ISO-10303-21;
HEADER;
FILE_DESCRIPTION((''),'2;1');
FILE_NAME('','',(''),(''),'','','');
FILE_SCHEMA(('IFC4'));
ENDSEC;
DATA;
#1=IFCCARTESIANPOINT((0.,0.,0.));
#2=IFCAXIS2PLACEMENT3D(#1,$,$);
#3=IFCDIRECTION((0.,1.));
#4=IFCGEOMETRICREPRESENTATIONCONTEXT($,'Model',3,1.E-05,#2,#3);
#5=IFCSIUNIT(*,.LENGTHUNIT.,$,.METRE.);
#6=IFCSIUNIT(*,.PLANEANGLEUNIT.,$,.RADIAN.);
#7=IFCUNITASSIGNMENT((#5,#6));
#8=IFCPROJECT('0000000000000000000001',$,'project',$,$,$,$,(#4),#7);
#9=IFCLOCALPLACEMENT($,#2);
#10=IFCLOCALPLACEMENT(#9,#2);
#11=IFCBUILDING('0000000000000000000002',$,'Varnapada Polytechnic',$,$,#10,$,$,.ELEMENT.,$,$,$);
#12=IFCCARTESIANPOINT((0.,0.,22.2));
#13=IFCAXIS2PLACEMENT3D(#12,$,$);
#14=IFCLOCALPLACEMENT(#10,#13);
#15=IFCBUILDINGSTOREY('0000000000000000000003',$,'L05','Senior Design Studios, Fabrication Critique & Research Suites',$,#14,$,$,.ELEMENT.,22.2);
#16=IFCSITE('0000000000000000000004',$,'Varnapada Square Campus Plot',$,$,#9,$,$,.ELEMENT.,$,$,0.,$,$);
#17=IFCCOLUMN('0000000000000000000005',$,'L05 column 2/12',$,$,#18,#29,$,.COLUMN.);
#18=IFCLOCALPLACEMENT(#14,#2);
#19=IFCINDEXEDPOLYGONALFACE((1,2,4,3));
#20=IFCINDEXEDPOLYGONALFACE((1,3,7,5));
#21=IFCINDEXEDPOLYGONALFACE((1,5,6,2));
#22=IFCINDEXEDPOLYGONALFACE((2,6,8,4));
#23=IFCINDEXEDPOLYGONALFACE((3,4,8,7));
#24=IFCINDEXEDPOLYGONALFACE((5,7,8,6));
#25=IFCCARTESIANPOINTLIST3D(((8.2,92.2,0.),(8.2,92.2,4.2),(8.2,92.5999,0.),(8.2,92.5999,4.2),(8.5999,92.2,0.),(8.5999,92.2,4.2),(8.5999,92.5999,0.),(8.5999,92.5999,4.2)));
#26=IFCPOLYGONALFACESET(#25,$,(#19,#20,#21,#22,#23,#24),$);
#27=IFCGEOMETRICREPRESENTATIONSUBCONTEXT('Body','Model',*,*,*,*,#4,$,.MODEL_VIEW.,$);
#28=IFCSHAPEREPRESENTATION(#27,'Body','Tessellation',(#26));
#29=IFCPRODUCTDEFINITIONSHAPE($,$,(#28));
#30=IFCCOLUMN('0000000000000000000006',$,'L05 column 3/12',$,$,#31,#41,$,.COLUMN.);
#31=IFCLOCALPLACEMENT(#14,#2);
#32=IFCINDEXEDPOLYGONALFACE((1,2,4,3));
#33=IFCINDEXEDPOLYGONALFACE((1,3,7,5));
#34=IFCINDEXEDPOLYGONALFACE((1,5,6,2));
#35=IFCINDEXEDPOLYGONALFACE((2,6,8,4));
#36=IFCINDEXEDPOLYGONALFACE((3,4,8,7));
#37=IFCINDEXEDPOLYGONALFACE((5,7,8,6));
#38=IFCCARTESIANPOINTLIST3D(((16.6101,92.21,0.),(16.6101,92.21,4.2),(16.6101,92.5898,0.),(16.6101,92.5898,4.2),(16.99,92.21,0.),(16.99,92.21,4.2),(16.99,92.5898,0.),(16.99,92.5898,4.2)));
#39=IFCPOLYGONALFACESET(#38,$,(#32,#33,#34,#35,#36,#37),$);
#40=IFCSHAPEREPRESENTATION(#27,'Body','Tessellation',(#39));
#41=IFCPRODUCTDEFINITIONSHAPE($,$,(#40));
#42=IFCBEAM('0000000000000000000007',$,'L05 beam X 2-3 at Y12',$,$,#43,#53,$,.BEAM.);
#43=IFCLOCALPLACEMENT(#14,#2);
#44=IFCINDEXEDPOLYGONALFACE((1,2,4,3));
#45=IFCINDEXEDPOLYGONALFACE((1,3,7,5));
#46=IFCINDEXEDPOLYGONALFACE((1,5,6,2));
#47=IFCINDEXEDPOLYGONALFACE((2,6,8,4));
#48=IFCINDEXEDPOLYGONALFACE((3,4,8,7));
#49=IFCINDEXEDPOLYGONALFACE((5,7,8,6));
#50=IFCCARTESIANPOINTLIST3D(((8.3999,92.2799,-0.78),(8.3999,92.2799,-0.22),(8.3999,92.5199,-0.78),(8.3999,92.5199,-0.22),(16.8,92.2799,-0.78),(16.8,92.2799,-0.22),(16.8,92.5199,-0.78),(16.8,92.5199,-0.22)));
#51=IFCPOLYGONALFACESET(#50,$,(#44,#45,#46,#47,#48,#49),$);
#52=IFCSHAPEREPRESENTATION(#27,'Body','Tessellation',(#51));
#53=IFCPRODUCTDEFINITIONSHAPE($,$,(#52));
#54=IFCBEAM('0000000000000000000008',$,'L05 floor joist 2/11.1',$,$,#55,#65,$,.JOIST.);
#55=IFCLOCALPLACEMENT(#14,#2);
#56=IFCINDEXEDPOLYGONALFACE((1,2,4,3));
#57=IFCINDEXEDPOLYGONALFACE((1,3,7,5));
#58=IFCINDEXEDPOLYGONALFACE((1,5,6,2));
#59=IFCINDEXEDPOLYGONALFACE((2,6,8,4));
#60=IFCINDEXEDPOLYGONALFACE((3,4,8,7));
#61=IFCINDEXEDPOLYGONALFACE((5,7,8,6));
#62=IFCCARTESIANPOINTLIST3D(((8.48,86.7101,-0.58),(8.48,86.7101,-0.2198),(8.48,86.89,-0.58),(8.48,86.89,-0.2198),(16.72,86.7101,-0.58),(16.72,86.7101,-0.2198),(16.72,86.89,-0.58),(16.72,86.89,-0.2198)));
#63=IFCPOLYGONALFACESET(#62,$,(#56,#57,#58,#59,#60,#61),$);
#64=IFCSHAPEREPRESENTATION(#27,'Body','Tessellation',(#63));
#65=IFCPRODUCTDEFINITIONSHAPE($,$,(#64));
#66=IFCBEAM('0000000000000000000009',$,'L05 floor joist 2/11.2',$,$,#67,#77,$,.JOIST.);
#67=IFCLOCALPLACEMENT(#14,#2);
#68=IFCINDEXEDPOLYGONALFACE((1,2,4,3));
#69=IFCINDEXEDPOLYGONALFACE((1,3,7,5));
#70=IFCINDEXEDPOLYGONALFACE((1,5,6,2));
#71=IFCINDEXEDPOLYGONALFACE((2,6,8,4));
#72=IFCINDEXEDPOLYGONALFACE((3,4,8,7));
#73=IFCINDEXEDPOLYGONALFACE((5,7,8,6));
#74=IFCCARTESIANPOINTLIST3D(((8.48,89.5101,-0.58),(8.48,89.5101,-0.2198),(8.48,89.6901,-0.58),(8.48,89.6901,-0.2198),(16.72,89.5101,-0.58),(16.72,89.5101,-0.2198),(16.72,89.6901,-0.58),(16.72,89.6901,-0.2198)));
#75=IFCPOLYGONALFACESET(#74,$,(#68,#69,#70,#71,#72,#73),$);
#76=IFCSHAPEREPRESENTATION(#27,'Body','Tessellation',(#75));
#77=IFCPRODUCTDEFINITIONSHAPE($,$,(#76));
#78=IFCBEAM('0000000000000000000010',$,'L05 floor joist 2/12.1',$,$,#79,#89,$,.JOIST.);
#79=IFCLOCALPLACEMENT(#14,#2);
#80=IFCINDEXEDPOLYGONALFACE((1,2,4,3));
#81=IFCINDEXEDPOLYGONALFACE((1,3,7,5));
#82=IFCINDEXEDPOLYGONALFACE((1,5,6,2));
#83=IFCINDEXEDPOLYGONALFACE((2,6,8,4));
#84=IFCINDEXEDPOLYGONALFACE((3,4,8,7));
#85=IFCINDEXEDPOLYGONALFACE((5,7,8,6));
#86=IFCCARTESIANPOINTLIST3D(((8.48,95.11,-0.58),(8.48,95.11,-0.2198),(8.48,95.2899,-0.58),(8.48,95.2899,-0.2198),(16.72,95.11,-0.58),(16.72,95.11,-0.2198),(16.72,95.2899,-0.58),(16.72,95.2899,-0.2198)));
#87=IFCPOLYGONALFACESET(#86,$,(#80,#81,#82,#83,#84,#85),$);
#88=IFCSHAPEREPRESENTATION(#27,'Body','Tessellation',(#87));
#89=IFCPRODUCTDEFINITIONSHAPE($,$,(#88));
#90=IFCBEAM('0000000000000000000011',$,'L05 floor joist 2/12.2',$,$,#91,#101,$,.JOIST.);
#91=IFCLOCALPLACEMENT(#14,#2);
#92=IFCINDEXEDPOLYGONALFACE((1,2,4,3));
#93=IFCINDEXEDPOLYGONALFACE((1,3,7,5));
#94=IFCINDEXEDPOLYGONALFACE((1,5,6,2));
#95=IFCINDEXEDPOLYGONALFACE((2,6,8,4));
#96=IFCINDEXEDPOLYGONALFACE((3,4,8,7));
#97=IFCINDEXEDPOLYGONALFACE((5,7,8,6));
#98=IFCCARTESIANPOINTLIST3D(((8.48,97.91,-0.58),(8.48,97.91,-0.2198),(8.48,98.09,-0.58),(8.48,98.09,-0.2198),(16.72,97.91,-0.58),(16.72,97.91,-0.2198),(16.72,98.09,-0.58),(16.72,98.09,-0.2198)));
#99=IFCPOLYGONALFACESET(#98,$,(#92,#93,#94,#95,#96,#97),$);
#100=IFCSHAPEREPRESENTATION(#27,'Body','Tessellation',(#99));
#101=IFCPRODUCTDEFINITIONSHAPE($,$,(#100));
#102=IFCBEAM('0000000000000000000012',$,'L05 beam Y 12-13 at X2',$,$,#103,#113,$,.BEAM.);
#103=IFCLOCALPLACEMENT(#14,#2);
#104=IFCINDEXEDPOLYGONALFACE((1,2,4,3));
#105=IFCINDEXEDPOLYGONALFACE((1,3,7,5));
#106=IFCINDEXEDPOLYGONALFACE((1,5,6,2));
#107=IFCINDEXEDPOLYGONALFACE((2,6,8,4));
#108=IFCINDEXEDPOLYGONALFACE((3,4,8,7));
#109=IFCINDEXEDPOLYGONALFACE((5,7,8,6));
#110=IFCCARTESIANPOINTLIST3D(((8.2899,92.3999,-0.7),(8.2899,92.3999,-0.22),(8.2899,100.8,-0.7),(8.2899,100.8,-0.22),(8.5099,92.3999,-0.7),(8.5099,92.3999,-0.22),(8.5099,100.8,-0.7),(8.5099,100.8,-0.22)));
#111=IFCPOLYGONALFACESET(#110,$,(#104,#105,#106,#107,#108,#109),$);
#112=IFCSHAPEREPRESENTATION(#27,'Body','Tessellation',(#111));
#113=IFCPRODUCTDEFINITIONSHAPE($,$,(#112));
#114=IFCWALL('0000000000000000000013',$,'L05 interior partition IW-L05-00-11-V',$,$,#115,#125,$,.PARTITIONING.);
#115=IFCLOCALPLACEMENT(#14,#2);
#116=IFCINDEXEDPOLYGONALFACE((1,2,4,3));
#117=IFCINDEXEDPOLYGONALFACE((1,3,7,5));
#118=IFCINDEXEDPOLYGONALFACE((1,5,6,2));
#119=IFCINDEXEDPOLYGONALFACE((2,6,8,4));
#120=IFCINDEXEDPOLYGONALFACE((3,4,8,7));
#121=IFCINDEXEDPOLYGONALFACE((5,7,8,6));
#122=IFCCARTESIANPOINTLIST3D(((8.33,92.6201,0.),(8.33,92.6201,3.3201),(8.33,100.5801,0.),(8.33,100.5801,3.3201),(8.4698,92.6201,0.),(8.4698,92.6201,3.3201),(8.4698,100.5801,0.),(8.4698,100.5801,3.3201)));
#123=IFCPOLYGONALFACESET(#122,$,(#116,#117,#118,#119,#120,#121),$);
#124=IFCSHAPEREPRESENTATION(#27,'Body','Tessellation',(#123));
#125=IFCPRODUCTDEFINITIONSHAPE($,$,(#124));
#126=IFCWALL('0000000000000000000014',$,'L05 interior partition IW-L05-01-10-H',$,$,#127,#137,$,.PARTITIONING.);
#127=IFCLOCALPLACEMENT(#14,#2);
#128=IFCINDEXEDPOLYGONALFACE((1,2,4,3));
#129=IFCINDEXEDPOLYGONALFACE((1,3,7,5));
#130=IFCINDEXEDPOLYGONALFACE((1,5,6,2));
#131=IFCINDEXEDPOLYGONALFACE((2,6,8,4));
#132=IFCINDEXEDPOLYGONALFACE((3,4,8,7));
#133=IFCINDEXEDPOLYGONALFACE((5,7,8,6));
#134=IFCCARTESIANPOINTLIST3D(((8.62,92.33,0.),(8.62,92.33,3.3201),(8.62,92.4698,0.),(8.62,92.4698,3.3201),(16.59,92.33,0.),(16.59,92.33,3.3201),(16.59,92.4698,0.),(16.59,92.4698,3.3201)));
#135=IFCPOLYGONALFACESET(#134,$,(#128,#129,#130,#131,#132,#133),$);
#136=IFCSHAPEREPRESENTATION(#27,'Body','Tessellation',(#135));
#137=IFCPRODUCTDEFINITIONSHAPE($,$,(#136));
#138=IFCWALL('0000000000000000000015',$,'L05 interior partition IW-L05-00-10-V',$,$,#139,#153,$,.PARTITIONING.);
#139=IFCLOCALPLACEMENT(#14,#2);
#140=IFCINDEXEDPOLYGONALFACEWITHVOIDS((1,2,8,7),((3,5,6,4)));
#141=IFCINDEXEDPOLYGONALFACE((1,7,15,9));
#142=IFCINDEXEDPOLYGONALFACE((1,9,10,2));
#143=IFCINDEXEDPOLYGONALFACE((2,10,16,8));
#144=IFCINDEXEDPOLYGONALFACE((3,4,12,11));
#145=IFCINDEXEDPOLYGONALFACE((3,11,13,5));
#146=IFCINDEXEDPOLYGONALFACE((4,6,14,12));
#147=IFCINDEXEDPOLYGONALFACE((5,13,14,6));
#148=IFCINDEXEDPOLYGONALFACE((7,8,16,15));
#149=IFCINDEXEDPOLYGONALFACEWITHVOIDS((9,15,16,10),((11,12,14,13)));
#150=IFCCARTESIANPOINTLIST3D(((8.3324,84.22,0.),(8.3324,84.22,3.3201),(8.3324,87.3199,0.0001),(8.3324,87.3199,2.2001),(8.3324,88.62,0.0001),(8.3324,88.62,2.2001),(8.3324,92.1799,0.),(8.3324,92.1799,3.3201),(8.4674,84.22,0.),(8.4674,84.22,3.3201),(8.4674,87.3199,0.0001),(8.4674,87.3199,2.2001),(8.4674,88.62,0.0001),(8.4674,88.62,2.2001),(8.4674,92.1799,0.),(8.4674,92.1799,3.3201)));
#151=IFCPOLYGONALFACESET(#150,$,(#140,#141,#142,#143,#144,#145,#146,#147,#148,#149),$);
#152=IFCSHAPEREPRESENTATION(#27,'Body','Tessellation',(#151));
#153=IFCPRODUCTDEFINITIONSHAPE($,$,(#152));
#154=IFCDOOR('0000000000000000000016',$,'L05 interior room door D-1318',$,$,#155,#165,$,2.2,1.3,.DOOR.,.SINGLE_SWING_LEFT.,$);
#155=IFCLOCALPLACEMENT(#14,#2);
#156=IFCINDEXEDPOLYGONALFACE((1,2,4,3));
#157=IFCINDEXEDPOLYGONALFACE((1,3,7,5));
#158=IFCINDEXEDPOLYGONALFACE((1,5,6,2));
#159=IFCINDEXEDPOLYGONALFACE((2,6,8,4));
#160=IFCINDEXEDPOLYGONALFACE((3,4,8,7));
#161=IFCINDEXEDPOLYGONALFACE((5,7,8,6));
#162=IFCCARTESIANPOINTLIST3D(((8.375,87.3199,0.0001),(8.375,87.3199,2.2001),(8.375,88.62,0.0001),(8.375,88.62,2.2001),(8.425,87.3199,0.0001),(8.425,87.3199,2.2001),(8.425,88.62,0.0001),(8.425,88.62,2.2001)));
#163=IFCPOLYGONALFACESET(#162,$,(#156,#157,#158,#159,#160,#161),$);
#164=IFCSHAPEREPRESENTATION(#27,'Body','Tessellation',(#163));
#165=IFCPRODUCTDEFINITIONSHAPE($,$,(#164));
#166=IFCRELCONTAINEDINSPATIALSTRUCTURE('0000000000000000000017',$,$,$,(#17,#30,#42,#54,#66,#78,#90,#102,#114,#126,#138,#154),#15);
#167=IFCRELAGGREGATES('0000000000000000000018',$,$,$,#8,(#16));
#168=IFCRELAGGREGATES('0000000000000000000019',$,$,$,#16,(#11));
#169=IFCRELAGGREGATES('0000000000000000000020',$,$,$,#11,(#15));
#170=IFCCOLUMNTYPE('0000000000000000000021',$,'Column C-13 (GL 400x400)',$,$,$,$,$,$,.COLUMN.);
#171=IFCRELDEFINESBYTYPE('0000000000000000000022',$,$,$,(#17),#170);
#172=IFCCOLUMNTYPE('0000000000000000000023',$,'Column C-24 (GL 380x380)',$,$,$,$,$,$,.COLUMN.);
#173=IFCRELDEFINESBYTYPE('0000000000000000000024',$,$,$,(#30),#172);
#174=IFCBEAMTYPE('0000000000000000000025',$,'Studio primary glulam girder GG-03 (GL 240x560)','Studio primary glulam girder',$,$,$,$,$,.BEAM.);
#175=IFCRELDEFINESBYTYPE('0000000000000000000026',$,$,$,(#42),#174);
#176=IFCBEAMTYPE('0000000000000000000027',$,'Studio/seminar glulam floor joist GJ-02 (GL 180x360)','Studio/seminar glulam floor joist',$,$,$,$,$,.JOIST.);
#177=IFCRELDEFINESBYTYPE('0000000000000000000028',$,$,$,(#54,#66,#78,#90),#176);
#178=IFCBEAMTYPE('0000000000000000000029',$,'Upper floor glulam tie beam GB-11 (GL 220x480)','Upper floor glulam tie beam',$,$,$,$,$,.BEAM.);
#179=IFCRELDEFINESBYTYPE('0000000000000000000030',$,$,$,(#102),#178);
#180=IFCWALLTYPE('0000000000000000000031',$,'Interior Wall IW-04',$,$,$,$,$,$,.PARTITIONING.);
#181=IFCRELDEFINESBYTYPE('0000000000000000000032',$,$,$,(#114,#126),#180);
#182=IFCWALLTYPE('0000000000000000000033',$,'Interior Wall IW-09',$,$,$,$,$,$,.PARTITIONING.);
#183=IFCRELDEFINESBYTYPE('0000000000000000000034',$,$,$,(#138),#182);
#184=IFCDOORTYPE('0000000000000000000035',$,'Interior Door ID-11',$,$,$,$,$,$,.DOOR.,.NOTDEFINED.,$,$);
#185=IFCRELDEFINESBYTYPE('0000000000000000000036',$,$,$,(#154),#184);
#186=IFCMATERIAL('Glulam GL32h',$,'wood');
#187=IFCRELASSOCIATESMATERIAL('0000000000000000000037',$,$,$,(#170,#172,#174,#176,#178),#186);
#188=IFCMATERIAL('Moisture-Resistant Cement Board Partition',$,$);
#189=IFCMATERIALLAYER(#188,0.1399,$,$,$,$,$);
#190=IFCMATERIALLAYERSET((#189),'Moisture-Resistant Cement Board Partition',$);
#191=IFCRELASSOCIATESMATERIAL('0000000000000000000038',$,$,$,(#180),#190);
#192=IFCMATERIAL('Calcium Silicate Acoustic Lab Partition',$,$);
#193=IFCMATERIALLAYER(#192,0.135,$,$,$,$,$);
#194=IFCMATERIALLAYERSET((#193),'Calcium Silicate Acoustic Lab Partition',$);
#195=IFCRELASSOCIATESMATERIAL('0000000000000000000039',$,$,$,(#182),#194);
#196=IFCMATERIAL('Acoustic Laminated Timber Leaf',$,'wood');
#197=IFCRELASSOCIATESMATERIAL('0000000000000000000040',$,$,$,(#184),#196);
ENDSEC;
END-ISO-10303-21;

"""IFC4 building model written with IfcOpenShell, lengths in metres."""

from ifc_helpers import new_model, si_unit, direction, frame, frame_2d, origin, origin_2d, place, context, subcontext, project, spatial, rectangle, extrude, material, layer, layer_set, material_profile, profile_set, type_object, element, fill, save


model = new_model("IFC4")

# Units and contexts
model_context = context("Model", 3, precision=1e-05, world=origin(), true_north=direction((0.0, 1.0)))
body_context = subcontext(model_context, "Body", "Model", "MODEL_VIEW")
ifc_project = project(units=[si_unit("LENGTHUNIT", "METRE"), si_unit("PLANEANGLEUNIT", "RADIAN")], contexts=[model_context])

# Site, building, storey
site_placement = place(None, origin())
site = spatial("IfcSite", under=ifc_project, at=site_placement, Name="Varnapada Square Campus Plot", CompositionType="ELEMENT", RefElevation=0.0)
building_placement = place(site_placement, origin())
building = spatial("IfcBuilding", under=site, at=building_placement, Name="Varnapada Polytechnic", CompositionType="ELEMENT")
storey_placement = place(building_placement, frame((0.0, 0.0, 22.2)))
storey = spatial("IfcBuildingStorey", under=building, at=storey_placement, Name="L05", Description="Senior Design Studios, Fabrication Critique & Research Suites", CompositionType="ELEMENT", Elevation=22.2)

# Columns
ifc_material_1 = material(Name="Glulam GL32h", Category="wood")
ifc_material_profile_1 = material_profile(ifc_material_1, rectangle(XDim=0.3999, YDim=0.3999, at=origin_2d()), Name="GL 400x400")
ifc_profile_set_1 = profile_set([ifc_material_profile_1], Name="Glulam GL32h")
column_type_1 = type_object("IfcColumnType", Name="Column C-13 (GL 400x400)", PredefinedType="COLUMN", material=ifc_profile_set_1)
column_1_placement = place(storey_placement, frame((8.3999, 92.3999, 0.0), z_axis=(0.0, 0.0, 1.0), x_axis=(1.0, 0.0, 0.0)))
element("IfcColumn", 1, at=column_1_placement, inside=storey, type_object=column_type_1, Name="L05 column 2/12", PredefinedType="COLUMN", context=body_context, shape_type="SweptSolid", body=[
    extrude(rectangle(XDim=0.3999, YDim=0.3999, at=origin_2d()), origin(), (0.0, 0.0, 1.0), 4.2),
])
ifc_material_profile_2 = material_profile(ifc_material_1, rectangle(XDim=0.3799, YDim=0.3799, at=origin_2d()), Name="GL 380x380")
ifc_profile_set_2 = profile_set([ifc_material_profile_2], Name="Glulam GL32h")
column_type_2 = type_object("IfcColumnType", Name="Column C-24 (GL 380x380)", PredefinedType="COLUMN", material=ifc_profile_set_2)
column_2_placement = place(storey_placement, frame((16.8, 92.3999, 0.0), z_axis=(0.0, 0.0, 1.0), x_axis=(1.0, 0.0, 0.0)))
element("IfcColumn", 2, at=column_2_placement, inside=storey, type_object=column_type_2, Name="L05 column 3/12", PredefinedType="COLUMN", context=body_context, shape_type="SweptSolid", body=[
    extrude(rectangle(XDim=0.3799, YDim=0.3799, at=origin_2d()), origin(), (0.0, 0.0, 1.0), 4.2),
])

# Beams
ifc_material_profile_3 = material_profile(ifc_material_1, rectangle(XDim=0.24, YDim=0.5601, at=origin_2d()), Name="GL 240x560")
ifc_profile_set_3 = profile_set([ifc_material_profile_3], Name="Glulam GL32h")
beam_type_1 = type_object("IfcBeamType", Name="Studio primary glulam girder GG-03 (GL 240x560)", Description="Studio primary glulam girder", PredefinedType="BEAM", material=ifc_profile_set_3)
beam_1_placement = place(storey_placement, frame((8.3999, 92.3999, -0.5), z_axis=(1.0, 0.0, 0.0), x_axis=(0.0, 1.0, 0.0)))
element("IfcBeam", 3, at=beam_1_placement, inside=storey, type_object=beam_type_1, Name="L05 beam X 2-3 at Y12", PredefinedType="BEAM", context=body_context, shape_type="SweptSolid", body=[
    extrude(rectangle(XDim=0.24, YDim=0.5601, at=origin_2d()), origin(), (0.0, 0.0, 1.0), 8.4001),
])
ifc_material_profile_4 = material_profile(ifc_material_1, rectangle(XDim=0.1799, YDim=0.3601, at=origin_2d()), Name="GL 180x360")
ifc_profile_set_4 = profile_set([ifc_material_profile_4], Name="Glulam GL32h")
beam_type_2 = type_object("IfcBeamType", Name="Studio/seminar glulam floor joist GJ-02 (GL 180x360)", Description="Studio/seminar glulam floor joist", PredefinedType="JOIST", material=ifc_profile_set_4)
for number, where, z_axis, x_axis, name in (
    (4, (8.48, 86.8, -0.3999), (1.0, 0.0, 0.0), (0.0, 1.0, 0.0), "L05 floor joist 2/11.1"),
    (5, (8.48, 89.6001, -0.3999), (1.0, 0.0, 0.0), (0.0, 1.0, 0.0), "L05 floor joist 2/11.2"),
    (6, (8.48, 95.2, -0.3999), (1.0, 0.0, 0.0), (0.0, 1.0, 0.0), "L05 floor joist 2/12.1"),
    (7, (8.48, 98.0, -0.3999), (1.0, 0.0, 0.0), (0.0, 1.0, 0.0), "L05 floor joist 2/12.2"),
):
    element("IfcBeam", number, at=place(storey_placement, frame(where, z_axis=z_axis, x_axis=x_axis)), inside=storey, type_object=beam_type_2, Name=name, PredefinedType="JOIST", context=body_context, shape_type="SweptSolid", body=[
        extrude(rectangle(XDim=0.1799, YDim=0.3601, at=origin_2d()), origin(), (0.0, 0.0, 1.0), 8.24),
    ])
ifc_material_profile_5 = material_profile(ifc_material_1, rectangle(XDim=0.22, YDim=0.48, at=origin_2d()), Name="GL 220x480")
ifc_profile_set_5 = profile_set([ifc_material_profile_5], Name="Glulam GL32h")
beam_type_3 = type_object("IfcBeamType", Name="Upper floor glulam tie beam GB-11 (GL 220x480)", Description="Upper floor glulam tie beam", PredefinedType="BEAM", material=ifc_profile_set_5)
beam_2_placement = place(storey_placement, frame((8.3999, 92.3999, -0.46), z_axis=(0.0, 1.0, 0.0), x_axis=(-1.0, 0.0, 0.0)))
element("IfcBeam", 8, at=beam_2_placement, inside=storey, type_object=beam_type_3, Name="L05 beam Y 12-13 at X2", PredefinedType="BEAM", context=body_context, shape_type="SweptSolid", body=[
    extrude(rectangle(XDim=0.22, YDim=0.48, at=origin_2d()), origin(), (0.0, 0.0, 1.0), 8.4001),
])

# Walls
ifc_material_2 = material(Name="Moisture-Resistant Cement Board Partition")
ifc_layer_1 = layer(ifc_material_2, 0.1399)
ifc_layer_set_1 = layer_set([ifc_layer_1], Name="Moisture-Resistant Cement Board Partition")
wall_type_1 = type_object("IfcWallType", Name="Interior Wall IW-04", PredefinedType="PARTITIONING", material=ifc_layer_set_1)
wall_1_placement = place(storey_placement, frame((8.3999, 92.6201, 0.0), z_axis=(0.0, 0.0, 1.0), x_axis=(0.0, 1.0, 0.0)))
element("IfcWall", 9, at=wall_1_placement, inside=storey, type_object=wall_type_1, Name="L05 interior partition IW-L05-00-11-V", PredefinedType="PARTITIONING", context=body_context, shape_type="SweptSolid", body=[
    extrude(rectangle(XDim=7.96, YDim=0.1399, at=frame_2d((3.98, 0.0))), origin(), (0.0, 0.0, 1.0), 3.3201),
])
wall_2_placement = place(storey_placement, frame((8.6201, 92.3999, 0.0), z_axis=(0.0, 0.0, 1.0), x_axis=(1.0, 0.0, 0.0)))
element("IfcWall", 10, at=wall_2_placement, inside=storey, type_object=wall_type_1, Name="L05 interior partition IW-L05-01-10-H", PredefinedType="PARTITIONING", context=body_context, shape_type="SweptSolid", body=[
    extrude(rectangle(XDim=7.97, YDim=0.1399, at=frame_2d((3.9849, 0.0))), origin(), (0.0, 0.0, 1.0), 3.3201),
])

# Wall, opening, door
ifc_material_3 = material(Name="Calcium Silicate Acoustic Lab Partition")
ifc_layer_2 = layer(ifc_material_3, 0.135)
ifc_layer_set_2 = layer_set([ifc_layer_2], Name="Calcium Silicate Acoustic Lab Partition")
wall_type_2 = type_object("IfcWallType", Name="Interior Wall IW-09", PredefinedType="PARTITIONING", material=ifc_layer_set_2)
wall_3_placement = place(storey_placement, frame((8.3999, 84.22, 0.0), z_axis=(0.0, 0.0, 1.0), x_axis=(0.0, 1.0, 0.0)))
wall_3 = element("IfcWall", 11, at=wall_3_placement, inside=storey, type_object=wall_type_2, Name="L05 interior partition IW-L05-00-10-V", PredefinedType="PARTITIONING", context=body_context, shape_type="SweptSolid", body=[
    extrude(rectangle(XDim=7.96, YDim=0.135, at=frame_2d((3.98, 0.0))), origin(), (0.0, 0.0, 1.0), 3.3201),
])
opening_1_placement = place(wall_3_placement, frame((3.1001, 0.0, 0.0)))
opening_1 = element("IfcOpeningElement", 12, at=opening_1_placement, cuts=wall_3, PredefinedType="OPENING", context=body_context, shape_type="SweptSolid", body=[
    extrude(rectangle(XDim=1.3, YDim=2.2, at=frame_2d((0.6499, 1.1001))), frame((0.0, 0.0774, 0.0), z_axis=(0.0, -1.0, 0.0), x_axis=(1.0, 0.0, 0.0)), (0.0, 0.0, 1.0), 0.155),
])
ifc_material_4 = material(Name="Acoustic Laminated Timber Leaf", Category="wood")
door_type_1 = type_object("IfcDoorType", Name="Interior Door ID-11", OperationType="NOTDEFINED", PredefinedType="DOOR", material=ifc_material_4)
door_1_placement = place(opening_1_placement, origin())
door_1 = element("IfcDoor", 13, at=door_1_placement, inside=storey, type_object=door_type_1, Name="L05 interior room door D-1318", OperationType="SINGLE_SWING_LEFT", OverallHeight=2.2, OverallWidth=1.3, PredefinedType="DOOR", context=body_context, shape_type="SweptSolid", body=[
    extrude(rectangle(XDim=1.3, YDim=2.2, at=frame_2d((0.6499, 1.1001))), frame((0.0, 0.0249, 0.0), z_axis=(0.0, -1.0, 0.0), x_axis=(1.0, 0.0, 0.0)), (0.0, 0.0, 1.0), 0.05),
])
fill(opening_1, door_1)

save(model, "model.ifc")
